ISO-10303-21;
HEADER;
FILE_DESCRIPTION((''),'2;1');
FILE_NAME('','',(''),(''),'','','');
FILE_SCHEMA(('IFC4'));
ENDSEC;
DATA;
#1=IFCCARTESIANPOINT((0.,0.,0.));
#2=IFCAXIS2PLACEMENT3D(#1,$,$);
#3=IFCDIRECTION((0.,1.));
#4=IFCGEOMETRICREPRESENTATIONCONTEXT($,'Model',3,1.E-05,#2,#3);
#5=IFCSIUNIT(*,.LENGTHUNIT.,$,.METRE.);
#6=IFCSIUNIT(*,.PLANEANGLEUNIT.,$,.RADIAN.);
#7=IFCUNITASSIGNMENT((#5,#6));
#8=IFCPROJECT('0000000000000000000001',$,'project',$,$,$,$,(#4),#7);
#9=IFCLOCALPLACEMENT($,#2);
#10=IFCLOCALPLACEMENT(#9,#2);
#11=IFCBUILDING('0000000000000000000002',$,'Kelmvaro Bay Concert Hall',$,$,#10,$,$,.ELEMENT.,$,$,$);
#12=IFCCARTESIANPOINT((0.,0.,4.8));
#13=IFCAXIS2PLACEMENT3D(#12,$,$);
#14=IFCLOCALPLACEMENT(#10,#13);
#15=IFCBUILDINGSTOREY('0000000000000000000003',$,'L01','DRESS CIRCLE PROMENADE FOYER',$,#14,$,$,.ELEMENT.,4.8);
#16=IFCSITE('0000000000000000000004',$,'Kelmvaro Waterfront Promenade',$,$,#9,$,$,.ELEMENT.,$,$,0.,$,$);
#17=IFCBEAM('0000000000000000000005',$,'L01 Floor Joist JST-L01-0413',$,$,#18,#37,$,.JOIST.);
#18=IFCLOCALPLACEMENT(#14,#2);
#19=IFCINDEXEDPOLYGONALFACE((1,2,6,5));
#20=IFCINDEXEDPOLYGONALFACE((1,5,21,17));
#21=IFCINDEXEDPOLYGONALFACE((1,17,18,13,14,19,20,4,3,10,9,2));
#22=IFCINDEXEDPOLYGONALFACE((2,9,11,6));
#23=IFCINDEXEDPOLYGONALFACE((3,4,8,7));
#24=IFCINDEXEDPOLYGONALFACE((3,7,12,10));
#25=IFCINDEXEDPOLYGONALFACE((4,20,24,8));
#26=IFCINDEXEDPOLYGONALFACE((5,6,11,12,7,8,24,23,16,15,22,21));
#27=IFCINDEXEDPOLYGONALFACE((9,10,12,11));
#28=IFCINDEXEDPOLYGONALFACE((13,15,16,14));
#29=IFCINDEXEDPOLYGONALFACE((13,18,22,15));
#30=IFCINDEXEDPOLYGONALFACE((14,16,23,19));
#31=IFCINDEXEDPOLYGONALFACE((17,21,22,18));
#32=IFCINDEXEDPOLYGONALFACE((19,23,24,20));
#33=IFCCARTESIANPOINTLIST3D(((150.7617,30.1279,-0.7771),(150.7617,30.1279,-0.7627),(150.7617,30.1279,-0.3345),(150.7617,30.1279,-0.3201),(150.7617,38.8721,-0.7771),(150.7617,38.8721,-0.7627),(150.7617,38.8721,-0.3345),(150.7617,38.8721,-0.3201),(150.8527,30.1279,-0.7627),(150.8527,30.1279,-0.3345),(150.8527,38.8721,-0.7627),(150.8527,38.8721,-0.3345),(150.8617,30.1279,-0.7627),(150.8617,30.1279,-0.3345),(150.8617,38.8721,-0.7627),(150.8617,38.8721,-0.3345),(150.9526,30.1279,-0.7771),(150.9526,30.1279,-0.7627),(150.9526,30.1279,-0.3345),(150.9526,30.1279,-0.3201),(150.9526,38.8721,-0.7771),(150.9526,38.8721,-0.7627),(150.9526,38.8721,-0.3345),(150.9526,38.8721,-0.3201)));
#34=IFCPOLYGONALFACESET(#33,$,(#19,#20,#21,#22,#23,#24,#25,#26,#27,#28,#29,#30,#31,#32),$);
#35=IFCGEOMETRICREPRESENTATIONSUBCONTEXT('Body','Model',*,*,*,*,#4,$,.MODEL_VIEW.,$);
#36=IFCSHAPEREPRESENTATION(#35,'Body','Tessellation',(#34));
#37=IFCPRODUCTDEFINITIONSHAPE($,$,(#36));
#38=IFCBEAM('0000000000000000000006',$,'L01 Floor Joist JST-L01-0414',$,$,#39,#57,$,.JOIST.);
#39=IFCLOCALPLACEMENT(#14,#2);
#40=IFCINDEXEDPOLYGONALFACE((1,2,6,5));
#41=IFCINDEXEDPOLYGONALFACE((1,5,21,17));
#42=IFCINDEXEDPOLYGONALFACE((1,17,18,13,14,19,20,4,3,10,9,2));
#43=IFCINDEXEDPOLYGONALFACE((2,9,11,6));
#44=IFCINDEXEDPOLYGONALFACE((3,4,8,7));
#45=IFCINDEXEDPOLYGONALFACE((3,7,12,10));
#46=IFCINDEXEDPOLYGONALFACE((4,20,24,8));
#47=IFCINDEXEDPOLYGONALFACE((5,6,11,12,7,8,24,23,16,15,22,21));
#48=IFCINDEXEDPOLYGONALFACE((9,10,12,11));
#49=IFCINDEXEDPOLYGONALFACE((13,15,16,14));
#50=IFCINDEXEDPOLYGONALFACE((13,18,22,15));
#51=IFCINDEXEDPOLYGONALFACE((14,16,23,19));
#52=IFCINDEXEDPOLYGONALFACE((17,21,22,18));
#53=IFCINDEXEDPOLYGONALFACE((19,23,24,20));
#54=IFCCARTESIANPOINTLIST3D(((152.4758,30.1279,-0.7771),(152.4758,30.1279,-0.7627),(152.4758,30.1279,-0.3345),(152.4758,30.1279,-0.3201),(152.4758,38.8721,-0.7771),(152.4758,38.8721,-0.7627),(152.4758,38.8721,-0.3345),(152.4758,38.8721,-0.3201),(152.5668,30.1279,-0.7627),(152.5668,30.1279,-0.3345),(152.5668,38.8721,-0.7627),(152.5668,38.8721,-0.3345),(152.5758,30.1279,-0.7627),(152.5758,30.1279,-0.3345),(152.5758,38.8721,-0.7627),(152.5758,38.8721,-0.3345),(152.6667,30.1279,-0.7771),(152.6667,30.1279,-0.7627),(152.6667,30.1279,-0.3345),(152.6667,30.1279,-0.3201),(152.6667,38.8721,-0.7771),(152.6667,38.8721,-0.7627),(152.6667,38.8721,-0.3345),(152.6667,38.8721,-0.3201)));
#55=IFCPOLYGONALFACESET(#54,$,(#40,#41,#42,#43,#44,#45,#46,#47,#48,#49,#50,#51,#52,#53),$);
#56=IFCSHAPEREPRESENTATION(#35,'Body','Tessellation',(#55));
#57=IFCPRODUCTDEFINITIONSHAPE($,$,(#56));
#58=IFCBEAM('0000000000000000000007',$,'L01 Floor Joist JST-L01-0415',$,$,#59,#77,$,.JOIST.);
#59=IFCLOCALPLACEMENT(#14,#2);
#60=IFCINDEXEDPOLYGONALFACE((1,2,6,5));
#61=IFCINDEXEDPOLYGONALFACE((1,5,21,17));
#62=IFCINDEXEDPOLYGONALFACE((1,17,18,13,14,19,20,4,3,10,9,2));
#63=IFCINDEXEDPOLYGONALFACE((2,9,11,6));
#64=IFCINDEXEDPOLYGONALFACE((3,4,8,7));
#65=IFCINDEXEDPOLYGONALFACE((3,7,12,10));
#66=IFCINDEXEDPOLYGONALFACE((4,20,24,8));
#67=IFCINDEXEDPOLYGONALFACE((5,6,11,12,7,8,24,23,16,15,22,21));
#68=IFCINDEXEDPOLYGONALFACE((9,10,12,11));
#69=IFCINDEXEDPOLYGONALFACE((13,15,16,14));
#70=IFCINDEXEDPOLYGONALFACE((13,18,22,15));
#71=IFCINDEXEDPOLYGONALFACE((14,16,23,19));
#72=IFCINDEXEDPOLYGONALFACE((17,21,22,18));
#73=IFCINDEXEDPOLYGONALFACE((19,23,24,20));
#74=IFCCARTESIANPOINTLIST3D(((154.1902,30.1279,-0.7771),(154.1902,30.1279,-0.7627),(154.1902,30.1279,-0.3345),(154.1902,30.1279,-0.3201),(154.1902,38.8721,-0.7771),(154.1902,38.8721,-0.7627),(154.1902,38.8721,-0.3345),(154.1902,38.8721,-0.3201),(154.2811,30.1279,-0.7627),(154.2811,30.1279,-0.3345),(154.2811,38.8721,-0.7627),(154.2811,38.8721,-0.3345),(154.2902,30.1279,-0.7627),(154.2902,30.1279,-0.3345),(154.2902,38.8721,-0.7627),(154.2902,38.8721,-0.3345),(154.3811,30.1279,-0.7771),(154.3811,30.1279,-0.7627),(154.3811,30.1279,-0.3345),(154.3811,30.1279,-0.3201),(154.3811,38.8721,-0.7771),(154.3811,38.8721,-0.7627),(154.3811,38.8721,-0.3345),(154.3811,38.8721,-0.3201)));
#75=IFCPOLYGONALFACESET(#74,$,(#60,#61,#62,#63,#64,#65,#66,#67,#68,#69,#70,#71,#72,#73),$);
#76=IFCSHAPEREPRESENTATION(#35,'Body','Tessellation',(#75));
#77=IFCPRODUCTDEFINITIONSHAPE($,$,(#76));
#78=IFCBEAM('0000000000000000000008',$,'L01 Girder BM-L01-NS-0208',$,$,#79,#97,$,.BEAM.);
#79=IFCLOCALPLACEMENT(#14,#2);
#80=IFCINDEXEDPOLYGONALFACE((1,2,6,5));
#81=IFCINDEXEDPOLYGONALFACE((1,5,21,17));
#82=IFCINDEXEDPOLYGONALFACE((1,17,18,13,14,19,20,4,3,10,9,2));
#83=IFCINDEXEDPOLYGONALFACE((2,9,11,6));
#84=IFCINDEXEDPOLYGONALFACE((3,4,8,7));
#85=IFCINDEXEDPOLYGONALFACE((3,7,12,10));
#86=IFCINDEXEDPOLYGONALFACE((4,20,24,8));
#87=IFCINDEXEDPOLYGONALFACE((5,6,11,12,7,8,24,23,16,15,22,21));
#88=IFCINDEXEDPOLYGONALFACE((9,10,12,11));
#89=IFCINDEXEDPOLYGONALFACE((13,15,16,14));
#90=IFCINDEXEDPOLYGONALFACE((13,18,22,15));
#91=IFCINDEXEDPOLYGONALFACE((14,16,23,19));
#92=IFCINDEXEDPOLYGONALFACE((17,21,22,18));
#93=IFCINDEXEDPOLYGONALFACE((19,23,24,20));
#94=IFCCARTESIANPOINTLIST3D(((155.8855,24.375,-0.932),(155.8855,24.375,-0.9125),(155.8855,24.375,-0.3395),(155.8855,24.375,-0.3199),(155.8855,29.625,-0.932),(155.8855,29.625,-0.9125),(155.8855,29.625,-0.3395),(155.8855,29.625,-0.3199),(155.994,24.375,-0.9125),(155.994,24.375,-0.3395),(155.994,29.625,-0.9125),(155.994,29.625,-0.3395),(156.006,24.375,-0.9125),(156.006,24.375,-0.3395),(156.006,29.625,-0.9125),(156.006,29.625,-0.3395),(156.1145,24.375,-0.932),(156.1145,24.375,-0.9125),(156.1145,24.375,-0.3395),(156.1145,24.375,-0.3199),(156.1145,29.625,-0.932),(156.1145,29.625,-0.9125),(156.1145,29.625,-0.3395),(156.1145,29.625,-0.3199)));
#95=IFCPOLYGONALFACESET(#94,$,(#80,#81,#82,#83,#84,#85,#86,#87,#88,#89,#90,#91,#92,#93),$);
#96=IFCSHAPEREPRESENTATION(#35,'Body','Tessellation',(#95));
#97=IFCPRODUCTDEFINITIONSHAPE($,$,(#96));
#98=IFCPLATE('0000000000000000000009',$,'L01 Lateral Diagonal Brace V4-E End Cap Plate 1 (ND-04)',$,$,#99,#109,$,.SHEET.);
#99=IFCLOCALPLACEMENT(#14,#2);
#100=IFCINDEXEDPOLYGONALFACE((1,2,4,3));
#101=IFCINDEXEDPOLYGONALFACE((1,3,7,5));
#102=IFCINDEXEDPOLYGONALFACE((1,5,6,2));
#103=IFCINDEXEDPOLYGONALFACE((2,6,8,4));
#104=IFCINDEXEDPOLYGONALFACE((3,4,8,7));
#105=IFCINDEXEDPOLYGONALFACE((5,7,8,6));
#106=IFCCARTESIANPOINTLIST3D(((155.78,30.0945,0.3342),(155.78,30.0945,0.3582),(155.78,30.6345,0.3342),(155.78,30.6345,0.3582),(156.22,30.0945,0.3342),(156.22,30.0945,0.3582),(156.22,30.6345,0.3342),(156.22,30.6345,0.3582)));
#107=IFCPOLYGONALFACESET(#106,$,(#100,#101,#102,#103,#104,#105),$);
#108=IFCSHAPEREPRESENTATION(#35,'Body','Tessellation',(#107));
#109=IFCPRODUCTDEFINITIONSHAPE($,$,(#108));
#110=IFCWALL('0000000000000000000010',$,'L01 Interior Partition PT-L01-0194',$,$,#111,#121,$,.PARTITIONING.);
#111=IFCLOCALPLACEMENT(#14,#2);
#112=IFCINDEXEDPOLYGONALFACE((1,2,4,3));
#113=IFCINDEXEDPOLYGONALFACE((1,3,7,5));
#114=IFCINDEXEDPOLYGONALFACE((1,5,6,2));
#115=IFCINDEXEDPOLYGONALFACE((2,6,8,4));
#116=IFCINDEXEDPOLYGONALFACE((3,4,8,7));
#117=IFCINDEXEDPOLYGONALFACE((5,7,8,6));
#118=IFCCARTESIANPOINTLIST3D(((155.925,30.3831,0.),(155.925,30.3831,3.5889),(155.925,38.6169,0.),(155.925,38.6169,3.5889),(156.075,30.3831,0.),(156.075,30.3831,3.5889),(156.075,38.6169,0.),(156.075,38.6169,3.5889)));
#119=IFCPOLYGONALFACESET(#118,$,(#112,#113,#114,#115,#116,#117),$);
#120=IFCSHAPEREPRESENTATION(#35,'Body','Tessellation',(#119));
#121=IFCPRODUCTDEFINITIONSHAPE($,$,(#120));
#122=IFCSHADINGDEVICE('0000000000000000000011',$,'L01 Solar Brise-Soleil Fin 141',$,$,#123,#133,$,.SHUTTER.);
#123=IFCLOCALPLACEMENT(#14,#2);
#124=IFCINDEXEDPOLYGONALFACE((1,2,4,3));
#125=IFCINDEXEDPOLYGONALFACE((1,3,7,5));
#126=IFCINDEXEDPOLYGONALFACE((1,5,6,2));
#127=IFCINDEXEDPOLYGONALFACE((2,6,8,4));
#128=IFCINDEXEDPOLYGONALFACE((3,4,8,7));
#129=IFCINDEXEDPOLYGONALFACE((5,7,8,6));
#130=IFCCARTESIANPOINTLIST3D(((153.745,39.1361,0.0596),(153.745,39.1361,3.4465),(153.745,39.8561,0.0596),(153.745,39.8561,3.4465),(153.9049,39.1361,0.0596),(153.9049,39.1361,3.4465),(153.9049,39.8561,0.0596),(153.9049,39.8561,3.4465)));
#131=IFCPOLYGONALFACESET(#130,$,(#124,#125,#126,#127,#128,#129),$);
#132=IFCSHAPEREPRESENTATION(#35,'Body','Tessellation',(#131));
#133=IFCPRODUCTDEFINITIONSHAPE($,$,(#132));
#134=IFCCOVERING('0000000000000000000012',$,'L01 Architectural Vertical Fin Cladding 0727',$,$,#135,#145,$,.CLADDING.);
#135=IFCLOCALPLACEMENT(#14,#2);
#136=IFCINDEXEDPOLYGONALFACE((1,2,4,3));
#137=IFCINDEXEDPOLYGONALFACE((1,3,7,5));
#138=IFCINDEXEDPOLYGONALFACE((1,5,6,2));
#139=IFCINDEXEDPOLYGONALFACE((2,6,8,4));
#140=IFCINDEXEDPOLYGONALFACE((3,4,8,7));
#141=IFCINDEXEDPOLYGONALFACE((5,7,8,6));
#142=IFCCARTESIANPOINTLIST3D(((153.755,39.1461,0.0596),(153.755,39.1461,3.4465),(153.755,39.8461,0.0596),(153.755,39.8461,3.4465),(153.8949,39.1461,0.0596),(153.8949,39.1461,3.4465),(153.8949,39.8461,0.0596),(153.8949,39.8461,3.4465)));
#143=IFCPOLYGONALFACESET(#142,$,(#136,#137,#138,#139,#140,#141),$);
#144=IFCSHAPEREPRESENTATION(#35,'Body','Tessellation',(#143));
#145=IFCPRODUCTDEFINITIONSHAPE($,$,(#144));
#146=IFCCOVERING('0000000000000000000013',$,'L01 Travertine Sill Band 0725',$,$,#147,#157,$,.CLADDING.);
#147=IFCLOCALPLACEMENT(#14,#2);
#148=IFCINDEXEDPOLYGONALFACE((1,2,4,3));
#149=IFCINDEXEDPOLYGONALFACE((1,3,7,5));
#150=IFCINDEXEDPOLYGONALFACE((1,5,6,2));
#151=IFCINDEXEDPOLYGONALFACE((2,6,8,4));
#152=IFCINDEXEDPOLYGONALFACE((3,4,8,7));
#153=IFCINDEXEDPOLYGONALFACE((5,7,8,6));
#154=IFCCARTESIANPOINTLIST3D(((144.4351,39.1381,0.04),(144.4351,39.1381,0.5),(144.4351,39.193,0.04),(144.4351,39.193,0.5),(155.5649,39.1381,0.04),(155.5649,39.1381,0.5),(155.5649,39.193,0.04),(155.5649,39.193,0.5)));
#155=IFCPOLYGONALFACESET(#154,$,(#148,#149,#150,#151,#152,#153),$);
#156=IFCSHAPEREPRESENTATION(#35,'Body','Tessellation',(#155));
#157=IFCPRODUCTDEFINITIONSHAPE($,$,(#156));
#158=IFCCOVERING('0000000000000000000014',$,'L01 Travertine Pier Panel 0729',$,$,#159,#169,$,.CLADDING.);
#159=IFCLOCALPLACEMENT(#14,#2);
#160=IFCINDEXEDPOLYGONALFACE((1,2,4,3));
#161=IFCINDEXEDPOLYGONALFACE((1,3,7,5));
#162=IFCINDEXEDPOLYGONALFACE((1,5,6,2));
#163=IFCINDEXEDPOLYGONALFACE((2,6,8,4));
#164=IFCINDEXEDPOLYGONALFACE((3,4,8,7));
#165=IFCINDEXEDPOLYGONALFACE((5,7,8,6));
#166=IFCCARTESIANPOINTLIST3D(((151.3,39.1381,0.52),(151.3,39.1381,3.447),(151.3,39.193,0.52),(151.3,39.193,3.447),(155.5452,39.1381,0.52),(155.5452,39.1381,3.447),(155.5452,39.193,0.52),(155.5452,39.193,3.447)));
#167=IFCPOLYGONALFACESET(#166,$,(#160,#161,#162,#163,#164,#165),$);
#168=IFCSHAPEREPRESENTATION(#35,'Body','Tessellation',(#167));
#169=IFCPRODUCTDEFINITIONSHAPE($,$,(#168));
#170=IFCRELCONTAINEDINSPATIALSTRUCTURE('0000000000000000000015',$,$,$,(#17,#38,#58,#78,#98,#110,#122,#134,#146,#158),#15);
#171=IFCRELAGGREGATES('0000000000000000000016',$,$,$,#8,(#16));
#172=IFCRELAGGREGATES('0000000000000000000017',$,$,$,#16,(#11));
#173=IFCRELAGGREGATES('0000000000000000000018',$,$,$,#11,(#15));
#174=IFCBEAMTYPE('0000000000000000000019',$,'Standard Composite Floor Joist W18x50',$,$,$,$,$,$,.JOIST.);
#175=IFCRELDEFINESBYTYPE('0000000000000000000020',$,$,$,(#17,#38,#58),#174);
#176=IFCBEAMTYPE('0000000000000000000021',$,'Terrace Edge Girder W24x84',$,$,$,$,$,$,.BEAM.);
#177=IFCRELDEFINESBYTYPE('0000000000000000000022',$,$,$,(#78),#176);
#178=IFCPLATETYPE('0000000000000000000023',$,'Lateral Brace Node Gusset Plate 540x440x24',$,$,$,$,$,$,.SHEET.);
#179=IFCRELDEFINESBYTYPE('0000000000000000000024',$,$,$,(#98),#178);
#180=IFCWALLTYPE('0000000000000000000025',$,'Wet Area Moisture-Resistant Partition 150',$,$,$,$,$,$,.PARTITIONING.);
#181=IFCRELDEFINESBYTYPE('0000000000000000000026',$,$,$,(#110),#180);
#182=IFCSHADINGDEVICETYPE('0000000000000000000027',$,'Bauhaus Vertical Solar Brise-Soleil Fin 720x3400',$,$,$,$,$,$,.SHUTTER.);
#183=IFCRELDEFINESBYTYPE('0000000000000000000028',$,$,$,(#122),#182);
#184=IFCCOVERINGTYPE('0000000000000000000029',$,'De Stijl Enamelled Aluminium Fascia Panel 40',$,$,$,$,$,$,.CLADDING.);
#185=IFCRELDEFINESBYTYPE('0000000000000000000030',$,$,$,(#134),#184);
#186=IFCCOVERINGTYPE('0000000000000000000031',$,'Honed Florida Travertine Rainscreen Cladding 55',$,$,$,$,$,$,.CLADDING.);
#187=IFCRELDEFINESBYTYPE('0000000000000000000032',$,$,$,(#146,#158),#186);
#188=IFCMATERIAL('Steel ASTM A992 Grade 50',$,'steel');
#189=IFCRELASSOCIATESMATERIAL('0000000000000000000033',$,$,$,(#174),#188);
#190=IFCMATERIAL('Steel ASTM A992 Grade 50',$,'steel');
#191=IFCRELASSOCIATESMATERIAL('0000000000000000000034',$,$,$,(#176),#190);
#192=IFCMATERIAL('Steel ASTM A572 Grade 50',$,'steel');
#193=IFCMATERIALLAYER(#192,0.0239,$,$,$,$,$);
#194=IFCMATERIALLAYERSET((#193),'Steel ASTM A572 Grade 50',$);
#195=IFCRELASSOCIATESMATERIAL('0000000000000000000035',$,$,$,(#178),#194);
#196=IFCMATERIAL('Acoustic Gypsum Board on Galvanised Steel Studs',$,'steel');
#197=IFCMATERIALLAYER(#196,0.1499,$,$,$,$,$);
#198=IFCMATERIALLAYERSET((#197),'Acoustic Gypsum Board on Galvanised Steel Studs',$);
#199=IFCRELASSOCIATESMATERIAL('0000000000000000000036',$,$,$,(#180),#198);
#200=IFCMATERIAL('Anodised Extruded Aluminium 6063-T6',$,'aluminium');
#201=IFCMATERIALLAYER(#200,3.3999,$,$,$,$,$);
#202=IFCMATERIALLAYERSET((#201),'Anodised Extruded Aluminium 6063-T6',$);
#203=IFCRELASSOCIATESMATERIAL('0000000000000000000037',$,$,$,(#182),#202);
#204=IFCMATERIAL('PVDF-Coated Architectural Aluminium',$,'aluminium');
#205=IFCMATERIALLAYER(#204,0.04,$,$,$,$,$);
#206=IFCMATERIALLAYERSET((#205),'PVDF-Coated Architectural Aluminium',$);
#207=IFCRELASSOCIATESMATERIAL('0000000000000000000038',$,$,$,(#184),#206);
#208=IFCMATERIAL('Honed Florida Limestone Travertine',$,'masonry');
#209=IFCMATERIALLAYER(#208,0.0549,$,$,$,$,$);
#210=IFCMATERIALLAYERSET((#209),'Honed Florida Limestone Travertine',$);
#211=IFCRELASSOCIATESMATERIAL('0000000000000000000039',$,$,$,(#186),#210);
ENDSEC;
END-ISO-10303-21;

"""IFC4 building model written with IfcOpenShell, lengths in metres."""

from ifc_helpers import new_model, si_unit, direction, frame, frame_2d, origin, origin_2d, place, context, subcontext, project, spatial, rectangle, i_section, extrude, material, layer, layer_set, material_profile, profile_set, type_object, element, save


model = new_model("IFC4")

# Units and contexts
model_context = context("Model", 3, precision=1e-05, world=origin(), true_north=direction((0.0, 1.0)))
body_context = subcontext(model_context, "Body", "Model", "MODEL_VIEW")
ifc_project = project(units=[si_unit("LENGTHUNIT", "METRE"), si_unit("PLANEANGLEUNIT", "RADIAN")], contexts=[model_context])

# Site, building, storey
site_placement = place(None, origin())
site = spatial("IfcSite", under=ifc_project, at=site_placement, Name="Kelmvaro Waterfront Promenade", CompositionType="ELEMENT", RefElevation=0.0)
building_placement = place(site_placement, origin())
building = spatial("IfcBuilding", under=site, at=building_placement, Name="Kelmvaro Bay Concert Hall", CompositionType="ELEMENT")
storey_placement = place(building_placement, frame((0.0, 0.0, 4.8)))
storey = spatial("IfcBuildingStorey", under=building, at=storey_placement, Name="L01", Description="DRESS CIRCLE PROMENADE FOYER", CompositionType="ELEMENT", Elevation=4.8)

# Beams
ifc_material_1 = material(Name="Steel ASTM A992 Grade 50", Category="steel")
ifc_material_profile_1 = material_profile(ifc_material_1, i_section(OverallWidth=0.1909, OverallDepth=0.457, WebThickness=0.009, FlangeThickness=0.0144, at=origin_2d()), Name="W18X50")
ifc_profile_set_1 = profile_set([ifc_material_profile_1], Name="Steel ASTM A992 Grade 50")
beam_type_1 = type_object("IfcBeamType", Name="Standard Composite Floor Joist W18x50", PredefinedType="JOIST", material=ifc_profile_set_1)
for number, where, z_axis, x_axis, name in (
    (1, (150.8572, 30.1279, -0.5486), (0.0, 1.0, 0.0), (-1.0, 0.0, 0.0), "L01 Floor Joist JST-L01-0413"),
    (2, (152.5713, 30.1279, -0.5486), (0.0, 1.0, 0.0), (-1.0, 0.0, 0.0), "L01 Floor Joist JST-L01-0414"),
    (3, (154.2856, 30.1279, -0.5486), (0.0, 1.0, 0.0), (-1.0, 0.0, 0.0), "L01 Floor Joist JST-L01-0415"),
):
    element("IfcBeam", number, at=place(storey_placement, frame(where, z_axis=z_axis, x_axis=x_axis)), inside=storey, type_object=beam_type_1, Name=name, PredefinedType="JOIST", context=body_context, shape_type="SweptSolid", body=[
        extrude(i_section(OverallWidth=0.1909, OverallDepth=0.457, WebThickness=0.009, FlangeThickness=0.0144, at=origin_2d()), origin(), (0.0, 0.0, 1.0), 8.7441),
    ])
ifc_material_2 = material(Name="Steel ASTM A992 Grade 50", Category="steel")
ifc_material_profile_2 = material_profile(ifc_material_2, i_section(OverallWidth=0.229, OverallDepth=0.6121, WebThickness=0.012, FlangeThickness=0.0195, at=origin_2d()), Name="W24X84")
ifc_profile_set_2 = profile_set([ifc_material_profile_2], Name="Steel ASTM A992 Grade 50")
beam_type_2 = type_object("IfcBeamType", Name="Terrace Edge Girder W24x84", PredefinedType="BEAM", material=ifc_profile_set_2)
beam_1_placement = place(storey_placement, frame((156.0, 24.375, -0.626), z_axis=(0.0, 1.0, 0.0), x_axis=(-1.0, 0.0, 0.0)))
element("IfcBeam", 4, at=beam_1_placement, inside=storey, type_object=beam_type_2, Name="L01 Girder BM-L01-NS-0208", PredefinedType="BEAM", context=body_context, shape_type="SweptSolid", body=[
    extrude(i_section(OverallWidth=0.229, OverallDepth=0.6121, WebThickness=0.012, FlangeThickness=0.0195, at=origin_2d()), origin(), (0.0, 0.0, 1.0), 5.25),
])

# Plate
ifc_material_3 = material(Name="Steel ASTM A572 Grade 50", Category="steel")
ifc_layer_1 = layer(ifc_material_3, 0.0239)
ifc_layer_set_1 = layer_set([ifc_layer_1], Name="Steel ASTM A572 Grade 50")
plate_type = type_object("IfcPlateType", Name="Lateral Brace Node Gusset Plate 540x440x24", PredefinedType="SHEET", material=ifc_layer_set_1)
plate_placement = place(storey_placement, frame((156.0, 30.3645, 0.3342), z_axis=(0.0, 0.0, 1.0), x_axis=(0.0, 1.0, 0.0)))
element("IfcPlate", 5, at=plate_placement, inside=storey, type_object=plate_type, Name="L01 Lateral Diagonal Brace V4-E End Cap Plate 1 (ND-04)", PredefinedType="SHEET", context=body_context, shape_type="SweptSolid", body=[
    extrude(rectangle(XDim=0.54, YDim=0.4399, at=origin_2d()), origin(), (0.0, 0.0, 1.0), 0.0239),
])

# Wall
ifc_material_4 = material(Name="Acoustic Gypsum Board on Galvanised Steel Studs", Category="steel")
ifc_layer_2 = layer(ifc_material_4, 0.1499)
ifc_layer_set_2 = layer_set([ifc_layer_2], Name="Acoustic Gypsum Board on Galvanised Steel Studs")
wall_type = type_object("IfcWallType", Name="Wet Area Moisture-Resistant Partition 150", PredefinedType="PARTITIONING", material=ifc_layer_set_2)
wall_placement = place(storey_placement, frame((156.0, 30.3831, 0.0), z_axis=(0.0, 0.0, 1.0), x_axis=(0.0, 1.0, 0.0)))
element("IfcWall", 6, at=wall_placement, inside=storey, type_object=wall_type, Name="L01 Interior Partition PT-L01-0194", PredefinedType="PARTITIONING", context=body_context, shape_type="SweptSolid", body=[
    extrude(rectangle(XDim=8.2339, YDim=0.1499, at=frame_2d((4.1169, 0.0))), origin(), (0.0, 0.0, 1.0), 3.5889),
])

# Shading device
ifc_material_5 = material(Name="Anodised Extruded Aluminium 6063-T6", Category="aluminium")
ifc_layer_3 = layer(ifc_material_5, 3.3999)
ifc_layer_set_3 = layer_set([ifc_layer_3], Name="Anodised Extruded Aluminium 6063-T6")
shading_device_type = type_object("IfcShadingDeviceType", Name="Bauhaus Vertical Solar Brise-Soleil Fin 720x3400", PredefinedType="SHUTTER", material=ifc_layer_set_3)
shading_device_placement = place(storey_placement, frame((153.825, 39.4961, 0.0596), z_axis=(0.0, 0.0, 1.0), x_axis=(1.0, 0.0, 0.0)))
element("IfcShadingDevice", 7, at=shading_device_placement, inside=storey, type_object=shading_device_type, Name="L01 Solar Brise-Soleil Fin 141", PredefinedType="SHUTTER", context=body_context, shape_type="SweptSolid", body=[
    extrude(rectangle(XDim=0.1599, YDim=0.72, at=origin_2d()), origin(), (0.0, 0.0, 1.0), 3.387),
])

# Coverings
ifc_material_6 = material(Name="PVDF-Coated Architectural Aluminium", Category="aluminium")
ifc_layer_4 = layer(ifc_material_6, 0.04)
ifc_layer_set_4 = layer_set([ifc_layer_4], Name="PVDF-Coated Architectural Aluminium")
covering_type_1 = type_object("IfcCoveringType", Name="De Stijl Enamelled Aluminium Fascia Panel 40", PredefinedType="CLADDING", material=ifc_layer_set_4)
covering_1_placement = place(storey_placement, frame((153.825, 39.4961, 0.0596), z_axis=(0.0, 0.0, 1.0), x_axis=(1.0, 0.0, 0.0)))
element("IfcCovering", 8, at=covering_1_placement, inside=storey, type_object=covering_type_1, Name="L01 Architectural Vertical Fin Cladding 0727", PredefinedType="CLADDING", context=body_context, shape_type="SweptSolid", body=[
    extrude(rectangle(XDim=0.1399, YDim=0.7, at=origin_2d()), origin(), (0.0, 0.0, 1.0), 3.387),
])
ifc_material_7 = material(Name="Honed Florida Limestone Travertine", Category="masonry")
ifc_layer_5 = layer(ifc_material_7, 0.0549)
ifc_layer_set_5 = layer_set([ifc_layer_5], Name="Honed Florida Limestone Travertine")
covering_type_2 = type_object("IfcCoveringType", Name="Honed Florida Travertine Rainscreen Cladding 55", PredefinedType="CLADDING", material=ifc_layer_set_5)
covering_2_placement = place(storey_placement, frame((150.0, 39.1655, 0.04), z_axis=(0.0, 0.0, 1.0), x_axis=(1.0, 0.0, 0.0)))
element("IfcCovering", 9, at=covering_2_placement, inside=storey, type_object=covering_type_2, Name="L01 Travertine Sill Band 0725", PredefinedType="CLADDING", context=body_context, shape_type="SweptSolid", body=[
    extrude(rectangle(XDim=11.1299, YDim=0.0549, at=origin_2d()), origin(), (0.0, 0.0, 1.0), 0.46),
])
covering_3_placement = place(storey_placement, frame((153.4226, 39.1655, 0.52), z_axis=(0.0, 0.0, 1.0), x_axis=(1.0, 0.0, 0.0)))
element("IfcCovering", 10, at=covering_3_placement, inside=storey, type_object=covering_type_2, Name="L01 Travertine Pier Panel 0729", PredefinedType="CLADDING", context=body_context, shape_type="SweptSolid", body=[
    extrude(rectangle(XDim=4.2451, YDim=0.0549, at=origin_2d()), origin(), (0.0, 0.0, 1.0), 2.927),
])

save(model, "model.ifc")
